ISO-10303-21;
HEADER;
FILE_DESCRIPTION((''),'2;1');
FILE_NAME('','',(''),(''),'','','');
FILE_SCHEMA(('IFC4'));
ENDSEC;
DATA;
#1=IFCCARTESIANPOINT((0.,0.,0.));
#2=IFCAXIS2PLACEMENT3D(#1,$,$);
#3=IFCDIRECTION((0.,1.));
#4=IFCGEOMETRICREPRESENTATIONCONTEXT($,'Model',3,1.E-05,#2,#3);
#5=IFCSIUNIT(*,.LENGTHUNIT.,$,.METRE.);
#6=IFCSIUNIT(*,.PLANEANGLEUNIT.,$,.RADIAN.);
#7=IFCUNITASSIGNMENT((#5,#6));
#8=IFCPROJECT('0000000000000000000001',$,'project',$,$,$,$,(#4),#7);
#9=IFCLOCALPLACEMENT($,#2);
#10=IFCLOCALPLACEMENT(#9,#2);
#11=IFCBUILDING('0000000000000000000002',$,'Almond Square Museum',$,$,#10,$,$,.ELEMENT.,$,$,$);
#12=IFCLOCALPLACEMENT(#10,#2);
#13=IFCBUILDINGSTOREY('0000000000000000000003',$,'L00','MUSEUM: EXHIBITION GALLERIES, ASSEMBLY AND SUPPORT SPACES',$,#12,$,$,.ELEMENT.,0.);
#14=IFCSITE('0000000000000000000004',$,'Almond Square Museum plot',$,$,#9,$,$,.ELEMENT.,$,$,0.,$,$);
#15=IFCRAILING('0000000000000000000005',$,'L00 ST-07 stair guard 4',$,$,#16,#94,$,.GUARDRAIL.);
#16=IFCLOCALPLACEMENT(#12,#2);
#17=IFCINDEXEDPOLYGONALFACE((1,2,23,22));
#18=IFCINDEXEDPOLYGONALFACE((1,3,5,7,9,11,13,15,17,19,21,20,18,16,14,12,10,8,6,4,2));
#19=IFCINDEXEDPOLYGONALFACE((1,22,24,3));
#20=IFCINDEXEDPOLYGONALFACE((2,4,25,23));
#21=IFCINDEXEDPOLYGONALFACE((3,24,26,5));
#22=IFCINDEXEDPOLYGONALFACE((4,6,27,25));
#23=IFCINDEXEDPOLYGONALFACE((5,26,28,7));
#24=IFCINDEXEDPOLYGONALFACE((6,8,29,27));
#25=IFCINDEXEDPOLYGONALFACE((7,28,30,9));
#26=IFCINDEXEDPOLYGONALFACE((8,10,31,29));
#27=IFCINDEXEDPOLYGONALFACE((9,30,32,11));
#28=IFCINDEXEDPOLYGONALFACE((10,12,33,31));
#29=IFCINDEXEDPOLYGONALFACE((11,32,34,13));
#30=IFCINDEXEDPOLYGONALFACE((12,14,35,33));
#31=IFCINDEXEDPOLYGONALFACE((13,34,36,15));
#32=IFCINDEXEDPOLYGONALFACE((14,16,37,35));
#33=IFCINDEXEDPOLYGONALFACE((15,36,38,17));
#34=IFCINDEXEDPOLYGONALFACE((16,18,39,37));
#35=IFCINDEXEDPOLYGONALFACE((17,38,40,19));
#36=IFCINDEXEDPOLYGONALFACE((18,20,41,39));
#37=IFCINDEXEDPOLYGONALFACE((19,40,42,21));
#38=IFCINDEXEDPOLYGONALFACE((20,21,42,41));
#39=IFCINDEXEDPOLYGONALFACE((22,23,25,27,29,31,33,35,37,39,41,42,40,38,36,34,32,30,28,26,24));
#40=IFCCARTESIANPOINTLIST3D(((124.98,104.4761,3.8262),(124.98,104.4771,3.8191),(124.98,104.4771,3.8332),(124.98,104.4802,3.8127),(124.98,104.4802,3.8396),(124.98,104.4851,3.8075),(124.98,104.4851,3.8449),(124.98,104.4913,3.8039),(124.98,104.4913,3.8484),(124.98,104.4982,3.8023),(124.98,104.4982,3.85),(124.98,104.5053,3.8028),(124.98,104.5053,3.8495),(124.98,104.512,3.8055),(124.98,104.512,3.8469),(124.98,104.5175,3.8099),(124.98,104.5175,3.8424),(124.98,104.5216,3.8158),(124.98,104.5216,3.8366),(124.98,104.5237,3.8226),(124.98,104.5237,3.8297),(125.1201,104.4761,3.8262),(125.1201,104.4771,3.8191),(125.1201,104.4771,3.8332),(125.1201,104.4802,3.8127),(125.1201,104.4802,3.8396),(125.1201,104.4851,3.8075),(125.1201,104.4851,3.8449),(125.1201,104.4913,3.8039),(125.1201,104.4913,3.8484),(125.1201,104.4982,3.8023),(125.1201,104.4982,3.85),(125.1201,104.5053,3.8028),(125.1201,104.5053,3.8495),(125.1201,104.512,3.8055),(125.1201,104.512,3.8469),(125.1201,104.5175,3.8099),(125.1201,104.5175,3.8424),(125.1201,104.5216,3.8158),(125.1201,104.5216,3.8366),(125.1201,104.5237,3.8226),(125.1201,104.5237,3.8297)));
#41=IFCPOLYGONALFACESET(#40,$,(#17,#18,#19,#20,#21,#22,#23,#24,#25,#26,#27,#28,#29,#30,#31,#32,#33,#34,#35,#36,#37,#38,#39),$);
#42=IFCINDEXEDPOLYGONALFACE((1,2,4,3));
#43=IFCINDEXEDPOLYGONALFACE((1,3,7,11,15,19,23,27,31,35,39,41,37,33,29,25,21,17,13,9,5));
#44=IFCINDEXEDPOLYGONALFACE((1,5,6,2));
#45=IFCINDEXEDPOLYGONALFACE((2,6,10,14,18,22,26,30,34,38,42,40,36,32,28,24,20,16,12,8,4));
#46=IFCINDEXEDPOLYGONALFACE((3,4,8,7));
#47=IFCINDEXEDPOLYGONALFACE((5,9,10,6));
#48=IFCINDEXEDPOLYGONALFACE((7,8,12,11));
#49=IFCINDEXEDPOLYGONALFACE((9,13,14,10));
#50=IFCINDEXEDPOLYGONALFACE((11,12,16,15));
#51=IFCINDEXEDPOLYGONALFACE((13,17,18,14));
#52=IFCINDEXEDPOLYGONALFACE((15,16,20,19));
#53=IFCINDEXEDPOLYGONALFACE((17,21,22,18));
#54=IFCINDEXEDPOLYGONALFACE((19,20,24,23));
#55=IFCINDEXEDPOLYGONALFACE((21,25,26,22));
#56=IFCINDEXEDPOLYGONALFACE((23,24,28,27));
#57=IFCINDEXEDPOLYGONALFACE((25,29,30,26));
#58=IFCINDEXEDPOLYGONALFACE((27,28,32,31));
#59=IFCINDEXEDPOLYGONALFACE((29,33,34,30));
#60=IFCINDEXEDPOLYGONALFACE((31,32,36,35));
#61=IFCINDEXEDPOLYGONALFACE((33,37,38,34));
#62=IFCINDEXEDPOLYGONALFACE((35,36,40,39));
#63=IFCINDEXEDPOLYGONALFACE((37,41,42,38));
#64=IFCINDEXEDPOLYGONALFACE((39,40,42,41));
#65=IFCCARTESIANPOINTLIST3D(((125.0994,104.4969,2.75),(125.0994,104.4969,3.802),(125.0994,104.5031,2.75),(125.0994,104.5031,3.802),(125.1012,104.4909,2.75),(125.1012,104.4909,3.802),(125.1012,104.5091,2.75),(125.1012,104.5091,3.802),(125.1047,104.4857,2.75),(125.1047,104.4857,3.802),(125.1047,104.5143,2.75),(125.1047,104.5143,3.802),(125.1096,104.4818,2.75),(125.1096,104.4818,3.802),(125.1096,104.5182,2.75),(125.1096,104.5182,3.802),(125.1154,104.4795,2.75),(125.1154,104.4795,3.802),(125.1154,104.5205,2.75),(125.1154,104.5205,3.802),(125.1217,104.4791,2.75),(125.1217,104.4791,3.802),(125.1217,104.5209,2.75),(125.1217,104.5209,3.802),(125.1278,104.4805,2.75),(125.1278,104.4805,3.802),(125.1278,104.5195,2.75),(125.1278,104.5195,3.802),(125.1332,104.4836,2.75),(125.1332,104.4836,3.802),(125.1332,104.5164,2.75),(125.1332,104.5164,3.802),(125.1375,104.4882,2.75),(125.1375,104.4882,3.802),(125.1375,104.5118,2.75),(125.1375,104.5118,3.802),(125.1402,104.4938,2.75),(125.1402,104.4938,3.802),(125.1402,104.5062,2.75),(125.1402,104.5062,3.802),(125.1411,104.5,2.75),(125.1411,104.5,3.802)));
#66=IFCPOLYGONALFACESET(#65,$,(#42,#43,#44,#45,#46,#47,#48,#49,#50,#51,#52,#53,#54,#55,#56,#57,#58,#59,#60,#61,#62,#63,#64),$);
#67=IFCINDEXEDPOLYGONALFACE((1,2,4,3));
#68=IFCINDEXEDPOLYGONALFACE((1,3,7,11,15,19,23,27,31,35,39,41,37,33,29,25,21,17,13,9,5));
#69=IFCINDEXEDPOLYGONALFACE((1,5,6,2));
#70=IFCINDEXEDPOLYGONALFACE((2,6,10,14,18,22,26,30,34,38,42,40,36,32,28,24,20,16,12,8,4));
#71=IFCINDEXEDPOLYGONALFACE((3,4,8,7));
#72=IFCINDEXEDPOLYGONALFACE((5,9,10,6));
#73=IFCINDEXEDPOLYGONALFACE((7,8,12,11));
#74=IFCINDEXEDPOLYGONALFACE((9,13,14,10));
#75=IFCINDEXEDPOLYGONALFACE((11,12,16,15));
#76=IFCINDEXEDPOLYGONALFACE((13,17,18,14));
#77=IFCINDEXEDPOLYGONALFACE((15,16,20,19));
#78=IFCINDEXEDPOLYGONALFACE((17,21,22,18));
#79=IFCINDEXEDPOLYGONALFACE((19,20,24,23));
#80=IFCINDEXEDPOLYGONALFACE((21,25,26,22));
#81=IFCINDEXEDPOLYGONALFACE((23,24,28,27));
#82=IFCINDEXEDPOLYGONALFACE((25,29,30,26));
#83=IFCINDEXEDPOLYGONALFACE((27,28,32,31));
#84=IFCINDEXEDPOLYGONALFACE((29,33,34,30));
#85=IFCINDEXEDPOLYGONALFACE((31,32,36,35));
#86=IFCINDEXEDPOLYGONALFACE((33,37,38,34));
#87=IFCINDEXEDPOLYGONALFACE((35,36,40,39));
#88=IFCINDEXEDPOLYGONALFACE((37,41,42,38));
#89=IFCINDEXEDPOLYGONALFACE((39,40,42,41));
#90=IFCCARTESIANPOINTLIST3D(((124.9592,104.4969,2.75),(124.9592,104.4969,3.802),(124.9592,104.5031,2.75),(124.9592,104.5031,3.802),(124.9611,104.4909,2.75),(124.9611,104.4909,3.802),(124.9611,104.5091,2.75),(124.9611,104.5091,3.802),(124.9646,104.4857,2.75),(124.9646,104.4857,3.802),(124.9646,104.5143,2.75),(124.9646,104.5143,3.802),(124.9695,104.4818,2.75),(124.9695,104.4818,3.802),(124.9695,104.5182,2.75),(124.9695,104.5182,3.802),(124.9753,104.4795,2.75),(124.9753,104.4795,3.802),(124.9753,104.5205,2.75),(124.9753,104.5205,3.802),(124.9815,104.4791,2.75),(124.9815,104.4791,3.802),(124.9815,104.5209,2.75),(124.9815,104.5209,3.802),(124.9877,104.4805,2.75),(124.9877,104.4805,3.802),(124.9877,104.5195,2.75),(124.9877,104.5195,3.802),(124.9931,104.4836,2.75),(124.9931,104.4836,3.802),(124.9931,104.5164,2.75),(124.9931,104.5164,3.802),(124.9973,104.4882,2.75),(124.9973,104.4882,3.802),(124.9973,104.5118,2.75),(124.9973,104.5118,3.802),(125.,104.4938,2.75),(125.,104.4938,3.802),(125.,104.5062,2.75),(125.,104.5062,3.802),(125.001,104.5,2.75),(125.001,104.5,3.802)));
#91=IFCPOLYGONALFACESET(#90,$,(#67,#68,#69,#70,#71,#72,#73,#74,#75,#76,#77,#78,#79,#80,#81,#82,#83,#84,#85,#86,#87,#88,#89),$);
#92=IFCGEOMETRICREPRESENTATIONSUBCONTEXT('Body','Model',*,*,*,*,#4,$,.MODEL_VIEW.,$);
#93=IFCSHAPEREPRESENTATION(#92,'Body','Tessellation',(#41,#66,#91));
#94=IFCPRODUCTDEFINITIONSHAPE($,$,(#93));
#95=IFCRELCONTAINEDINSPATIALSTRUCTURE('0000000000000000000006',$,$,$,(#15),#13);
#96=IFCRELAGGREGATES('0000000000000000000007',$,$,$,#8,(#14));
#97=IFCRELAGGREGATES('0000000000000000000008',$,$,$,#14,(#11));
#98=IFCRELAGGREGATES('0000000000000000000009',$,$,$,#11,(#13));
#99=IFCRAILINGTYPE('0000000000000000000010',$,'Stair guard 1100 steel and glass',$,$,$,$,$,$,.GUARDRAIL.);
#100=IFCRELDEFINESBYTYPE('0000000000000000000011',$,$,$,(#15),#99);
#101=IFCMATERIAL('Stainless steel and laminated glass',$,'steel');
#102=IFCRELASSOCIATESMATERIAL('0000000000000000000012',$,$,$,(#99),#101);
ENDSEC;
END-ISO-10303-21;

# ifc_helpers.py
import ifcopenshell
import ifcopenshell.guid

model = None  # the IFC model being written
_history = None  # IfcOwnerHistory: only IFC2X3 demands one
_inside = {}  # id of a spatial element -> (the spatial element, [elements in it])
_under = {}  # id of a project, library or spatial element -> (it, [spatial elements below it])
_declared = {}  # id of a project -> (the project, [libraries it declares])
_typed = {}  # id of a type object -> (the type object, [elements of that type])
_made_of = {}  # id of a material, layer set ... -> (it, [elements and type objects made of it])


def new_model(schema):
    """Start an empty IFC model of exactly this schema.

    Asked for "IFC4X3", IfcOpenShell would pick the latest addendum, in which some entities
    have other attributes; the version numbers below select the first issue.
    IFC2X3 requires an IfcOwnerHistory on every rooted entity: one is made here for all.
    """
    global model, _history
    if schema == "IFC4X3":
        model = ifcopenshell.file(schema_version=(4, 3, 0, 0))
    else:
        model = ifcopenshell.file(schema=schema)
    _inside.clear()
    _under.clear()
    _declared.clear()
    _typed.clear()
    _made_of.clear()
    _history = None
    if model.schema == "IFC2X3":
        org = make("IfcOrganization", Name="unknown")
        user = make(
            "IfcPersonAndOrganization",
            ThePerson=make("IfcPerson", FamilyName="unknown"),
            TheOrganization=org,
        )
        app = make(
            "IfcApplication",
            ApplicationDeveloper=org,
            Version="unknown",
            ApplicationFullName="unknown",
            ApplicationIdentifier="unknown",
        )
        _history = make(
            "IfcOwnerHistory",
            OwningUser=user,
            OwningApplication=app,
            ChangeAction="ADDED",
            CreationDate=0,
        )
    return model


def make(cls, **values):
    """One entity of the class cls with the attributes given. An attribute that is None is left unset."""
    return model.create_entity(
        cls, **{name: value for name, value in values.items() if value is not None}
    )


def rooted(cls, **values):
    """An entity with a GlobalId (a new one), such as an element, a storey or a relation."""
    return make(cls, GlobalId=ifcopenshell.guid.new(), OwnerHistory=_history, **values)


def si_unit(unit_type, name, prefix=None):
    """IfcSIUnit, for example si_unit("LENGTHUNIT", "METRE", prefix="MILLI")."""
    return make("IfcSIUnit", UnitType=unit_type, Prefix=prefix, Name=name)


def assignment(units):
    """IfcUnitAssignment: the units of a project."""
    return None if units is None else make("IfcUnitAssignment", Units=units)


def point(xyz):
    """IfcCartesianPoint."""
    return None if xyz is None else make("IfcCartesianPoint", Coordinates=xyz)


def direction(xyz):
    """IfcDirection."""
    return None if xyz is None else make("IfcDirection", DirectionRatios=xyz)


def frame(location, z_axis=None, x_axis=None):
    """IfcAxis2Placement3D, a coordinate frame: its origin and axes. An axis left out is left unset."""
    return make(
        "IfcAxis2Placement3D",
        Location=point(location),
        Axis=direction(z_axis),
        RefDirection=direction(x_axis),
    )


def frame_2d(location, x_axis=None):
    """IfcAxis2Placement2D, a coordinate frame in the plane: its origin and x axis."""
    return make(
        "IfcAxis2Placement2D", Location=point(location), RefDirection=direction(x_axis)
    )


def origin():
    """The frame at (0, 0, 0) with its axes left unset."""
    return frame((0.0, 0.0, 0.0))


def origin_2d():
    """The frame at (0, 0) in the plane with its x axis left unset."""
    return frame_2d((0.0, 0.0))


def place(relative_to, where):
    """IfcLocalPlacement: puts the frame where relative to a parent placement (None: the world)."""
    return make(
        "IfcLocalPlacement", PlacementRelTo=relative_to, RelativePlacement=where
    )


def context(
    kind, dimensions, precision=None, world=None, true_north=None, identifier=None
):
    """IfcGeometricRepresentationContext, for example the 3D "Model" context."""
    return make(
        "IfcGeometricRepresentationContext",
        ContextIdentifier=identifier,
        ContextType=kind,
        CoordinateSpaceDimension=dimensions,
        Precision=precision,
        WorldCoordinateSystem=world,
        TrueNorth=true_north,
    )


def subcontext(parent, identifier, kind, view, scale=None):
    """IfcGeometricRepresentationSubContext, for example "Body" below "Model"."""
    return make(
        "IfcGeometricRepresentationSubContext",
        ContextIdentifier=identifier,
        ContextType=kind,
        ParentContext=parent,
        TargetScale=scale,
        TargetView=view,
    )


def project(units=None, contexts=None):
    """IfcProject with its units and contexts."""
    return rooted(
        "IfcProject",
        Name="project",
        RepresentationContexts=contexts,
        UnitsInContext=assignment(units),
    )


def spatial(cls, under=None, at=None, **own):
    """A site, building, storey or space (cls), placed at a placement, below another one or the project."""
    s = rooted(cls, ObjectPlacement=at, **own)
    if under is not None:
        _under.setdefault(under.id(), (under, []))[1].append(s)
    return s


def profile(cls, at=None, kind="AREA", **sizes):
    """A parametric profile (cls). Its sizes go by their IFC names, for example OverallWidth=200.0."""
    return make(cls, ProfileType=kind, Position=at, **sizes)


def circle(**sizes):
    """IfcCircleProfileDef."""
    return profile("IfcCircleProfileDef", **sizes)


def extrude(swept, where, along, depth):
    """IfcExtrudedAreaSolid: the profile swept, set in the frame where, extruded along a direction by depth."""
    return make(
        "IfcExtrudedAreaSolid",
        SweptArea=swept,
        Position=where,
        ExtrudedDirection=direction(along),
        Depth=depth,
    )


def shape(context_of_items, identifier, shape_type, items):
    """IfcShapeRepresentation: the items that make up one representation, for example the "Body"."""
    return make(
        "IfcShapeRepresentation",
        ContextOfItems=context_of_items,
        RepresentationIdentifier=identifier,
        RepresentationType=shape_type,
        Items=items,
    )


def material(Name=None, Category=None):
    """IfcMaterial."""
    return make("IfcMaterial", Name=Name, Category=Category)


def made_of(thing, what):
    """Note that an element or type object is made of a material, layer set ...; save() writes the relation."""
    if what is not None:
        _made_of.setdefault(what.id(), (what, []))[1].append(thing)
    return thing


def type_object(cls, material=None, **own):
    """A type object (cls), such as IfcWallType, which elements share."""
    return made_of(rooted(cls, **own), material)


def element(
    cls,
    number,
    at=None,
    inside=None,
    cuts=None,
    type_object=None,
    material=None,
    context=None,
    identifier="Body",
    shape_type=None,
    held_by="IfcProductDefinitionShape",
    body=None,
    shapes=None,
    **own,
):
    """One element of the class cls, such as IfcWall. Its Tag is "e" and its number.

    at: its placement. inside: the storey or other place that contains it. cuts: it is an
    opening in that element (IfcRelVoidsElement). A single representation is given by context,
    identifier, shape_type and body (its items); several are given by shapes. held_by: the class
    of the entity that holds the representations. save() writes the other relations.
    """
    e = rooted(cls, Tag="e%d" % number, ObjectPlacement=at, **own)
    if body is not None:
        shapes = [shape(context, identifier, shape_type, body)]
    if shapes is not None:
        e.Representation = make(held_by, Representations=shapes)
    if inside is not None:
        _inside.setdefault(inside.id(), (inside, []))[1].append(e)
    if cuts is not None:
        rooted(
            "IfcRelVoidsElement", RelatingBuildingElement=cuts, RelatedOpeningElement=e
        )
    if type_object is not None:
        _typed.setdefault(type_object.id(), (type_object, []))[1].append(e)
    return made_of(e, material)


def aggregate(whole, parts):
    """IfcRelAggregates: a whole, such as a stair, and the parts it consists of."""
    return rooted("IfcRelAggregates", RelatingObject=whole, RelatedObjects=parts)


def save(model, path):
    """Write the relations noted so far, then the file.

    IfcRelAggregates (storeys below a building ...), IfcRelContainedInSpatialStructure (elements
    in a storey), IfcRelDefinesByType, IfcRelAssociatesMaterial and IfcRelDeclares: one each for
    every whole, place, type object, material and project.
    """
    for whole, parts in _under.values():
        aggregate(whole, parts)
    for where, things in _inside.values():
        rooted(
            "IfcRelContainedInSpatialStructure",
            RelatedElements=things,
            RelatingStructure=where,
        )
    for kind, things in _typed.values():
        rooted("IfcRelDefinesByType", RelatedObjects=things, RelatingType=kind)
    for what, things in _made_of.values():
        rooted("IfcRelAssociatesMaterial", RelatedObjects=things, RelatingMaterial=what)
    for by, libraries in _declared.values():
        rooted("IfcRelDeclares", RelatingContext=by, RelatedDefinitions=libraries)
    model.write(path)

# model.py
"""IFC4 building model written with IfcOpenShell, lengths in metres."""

from ifc_helpers import new_model, si_unit, direction, frame, origin, origin_2d, place, context, subcontext, project, spatial, circle, extrude, material, type_object, element, save


model = new_model("IFC4")

# Units and contexts
model_context = context("Model", 3, precision=1e-05, world=origin(), true_north=direction((0.0, 1.0)))
body_context = subcontext(model_context, "Body", "Model", "MODEL_VIEW")
ifc_project = project(units=[si_unit("LENGTHUNIT", "METRE"), si_unit("PLANEANGLEUNIT", "RADIAN")], contexts=[model_context])

# Site, building, storey
site_placement = place(None, origin())
site = spatial("IfcSite", under=ifc_project, at=site_placement, Name="Almond Square Museum plot", CompositionType="ELEMENT", RefElevation=0.0)
building_placement = place(site_placement, origin())
building = spatial("IfcBuilding", under=site, at=building_placement, Name="Almond Square Museum", CompositionType="ELEMENT")
storey_placement = place(building_placement, origin())
storey = spatial("IfcBuildingStorey", under=building, at=storey_placement, Name="L00", Description="MUSEUM: EXHIBITION GALLERIES, ASSEMBLY AND SUPPORT SPACES", CompositionType="ELEMENT", Elevation=0.0)

# Railing
ifc_material_1 = material(Name="Stainless steel and laminated glass", Category="steel")
railing_type_1 = type_object("IfcRailingType", Name="Stair guard 1100 steel and glass", PredefinedType="GUARDRAIL", material=ifc_material_1)
railing_1_placement = place(storey_placement, frame((125.1201, 104.5, 2.75)))
element("IfcRailing", 1, at=railing_1_placement, inside=storey, type_object=railing_type_1, Name="L00 ST-07 stair guard 4", PredefinedType="GUARDRAIL", context=body_context, shape_type="SweptSolid", body=[
    extrude(circle(Radius=0.0239, at=origin_2d()), frame((0.0, 0.0, 1.0762), z_axis=(-1.0, 0.0, 0.0), x_axis=(0.0, -1.0, 0.0)), (0.0, 0.0, 1.0), 0.1401),
    extrude(circle(Radius=0.021, at=origin_2d()), origin(), (0.0, 0.0, 1.0), 1.052),
    extrude(circle(Radius=0.021, at=origin_2d()), frame((-0.1401, 0.0, 0.0)), (0.0, 0.0, 1.0), 1.052),
])

save(model, "model.ifc")
